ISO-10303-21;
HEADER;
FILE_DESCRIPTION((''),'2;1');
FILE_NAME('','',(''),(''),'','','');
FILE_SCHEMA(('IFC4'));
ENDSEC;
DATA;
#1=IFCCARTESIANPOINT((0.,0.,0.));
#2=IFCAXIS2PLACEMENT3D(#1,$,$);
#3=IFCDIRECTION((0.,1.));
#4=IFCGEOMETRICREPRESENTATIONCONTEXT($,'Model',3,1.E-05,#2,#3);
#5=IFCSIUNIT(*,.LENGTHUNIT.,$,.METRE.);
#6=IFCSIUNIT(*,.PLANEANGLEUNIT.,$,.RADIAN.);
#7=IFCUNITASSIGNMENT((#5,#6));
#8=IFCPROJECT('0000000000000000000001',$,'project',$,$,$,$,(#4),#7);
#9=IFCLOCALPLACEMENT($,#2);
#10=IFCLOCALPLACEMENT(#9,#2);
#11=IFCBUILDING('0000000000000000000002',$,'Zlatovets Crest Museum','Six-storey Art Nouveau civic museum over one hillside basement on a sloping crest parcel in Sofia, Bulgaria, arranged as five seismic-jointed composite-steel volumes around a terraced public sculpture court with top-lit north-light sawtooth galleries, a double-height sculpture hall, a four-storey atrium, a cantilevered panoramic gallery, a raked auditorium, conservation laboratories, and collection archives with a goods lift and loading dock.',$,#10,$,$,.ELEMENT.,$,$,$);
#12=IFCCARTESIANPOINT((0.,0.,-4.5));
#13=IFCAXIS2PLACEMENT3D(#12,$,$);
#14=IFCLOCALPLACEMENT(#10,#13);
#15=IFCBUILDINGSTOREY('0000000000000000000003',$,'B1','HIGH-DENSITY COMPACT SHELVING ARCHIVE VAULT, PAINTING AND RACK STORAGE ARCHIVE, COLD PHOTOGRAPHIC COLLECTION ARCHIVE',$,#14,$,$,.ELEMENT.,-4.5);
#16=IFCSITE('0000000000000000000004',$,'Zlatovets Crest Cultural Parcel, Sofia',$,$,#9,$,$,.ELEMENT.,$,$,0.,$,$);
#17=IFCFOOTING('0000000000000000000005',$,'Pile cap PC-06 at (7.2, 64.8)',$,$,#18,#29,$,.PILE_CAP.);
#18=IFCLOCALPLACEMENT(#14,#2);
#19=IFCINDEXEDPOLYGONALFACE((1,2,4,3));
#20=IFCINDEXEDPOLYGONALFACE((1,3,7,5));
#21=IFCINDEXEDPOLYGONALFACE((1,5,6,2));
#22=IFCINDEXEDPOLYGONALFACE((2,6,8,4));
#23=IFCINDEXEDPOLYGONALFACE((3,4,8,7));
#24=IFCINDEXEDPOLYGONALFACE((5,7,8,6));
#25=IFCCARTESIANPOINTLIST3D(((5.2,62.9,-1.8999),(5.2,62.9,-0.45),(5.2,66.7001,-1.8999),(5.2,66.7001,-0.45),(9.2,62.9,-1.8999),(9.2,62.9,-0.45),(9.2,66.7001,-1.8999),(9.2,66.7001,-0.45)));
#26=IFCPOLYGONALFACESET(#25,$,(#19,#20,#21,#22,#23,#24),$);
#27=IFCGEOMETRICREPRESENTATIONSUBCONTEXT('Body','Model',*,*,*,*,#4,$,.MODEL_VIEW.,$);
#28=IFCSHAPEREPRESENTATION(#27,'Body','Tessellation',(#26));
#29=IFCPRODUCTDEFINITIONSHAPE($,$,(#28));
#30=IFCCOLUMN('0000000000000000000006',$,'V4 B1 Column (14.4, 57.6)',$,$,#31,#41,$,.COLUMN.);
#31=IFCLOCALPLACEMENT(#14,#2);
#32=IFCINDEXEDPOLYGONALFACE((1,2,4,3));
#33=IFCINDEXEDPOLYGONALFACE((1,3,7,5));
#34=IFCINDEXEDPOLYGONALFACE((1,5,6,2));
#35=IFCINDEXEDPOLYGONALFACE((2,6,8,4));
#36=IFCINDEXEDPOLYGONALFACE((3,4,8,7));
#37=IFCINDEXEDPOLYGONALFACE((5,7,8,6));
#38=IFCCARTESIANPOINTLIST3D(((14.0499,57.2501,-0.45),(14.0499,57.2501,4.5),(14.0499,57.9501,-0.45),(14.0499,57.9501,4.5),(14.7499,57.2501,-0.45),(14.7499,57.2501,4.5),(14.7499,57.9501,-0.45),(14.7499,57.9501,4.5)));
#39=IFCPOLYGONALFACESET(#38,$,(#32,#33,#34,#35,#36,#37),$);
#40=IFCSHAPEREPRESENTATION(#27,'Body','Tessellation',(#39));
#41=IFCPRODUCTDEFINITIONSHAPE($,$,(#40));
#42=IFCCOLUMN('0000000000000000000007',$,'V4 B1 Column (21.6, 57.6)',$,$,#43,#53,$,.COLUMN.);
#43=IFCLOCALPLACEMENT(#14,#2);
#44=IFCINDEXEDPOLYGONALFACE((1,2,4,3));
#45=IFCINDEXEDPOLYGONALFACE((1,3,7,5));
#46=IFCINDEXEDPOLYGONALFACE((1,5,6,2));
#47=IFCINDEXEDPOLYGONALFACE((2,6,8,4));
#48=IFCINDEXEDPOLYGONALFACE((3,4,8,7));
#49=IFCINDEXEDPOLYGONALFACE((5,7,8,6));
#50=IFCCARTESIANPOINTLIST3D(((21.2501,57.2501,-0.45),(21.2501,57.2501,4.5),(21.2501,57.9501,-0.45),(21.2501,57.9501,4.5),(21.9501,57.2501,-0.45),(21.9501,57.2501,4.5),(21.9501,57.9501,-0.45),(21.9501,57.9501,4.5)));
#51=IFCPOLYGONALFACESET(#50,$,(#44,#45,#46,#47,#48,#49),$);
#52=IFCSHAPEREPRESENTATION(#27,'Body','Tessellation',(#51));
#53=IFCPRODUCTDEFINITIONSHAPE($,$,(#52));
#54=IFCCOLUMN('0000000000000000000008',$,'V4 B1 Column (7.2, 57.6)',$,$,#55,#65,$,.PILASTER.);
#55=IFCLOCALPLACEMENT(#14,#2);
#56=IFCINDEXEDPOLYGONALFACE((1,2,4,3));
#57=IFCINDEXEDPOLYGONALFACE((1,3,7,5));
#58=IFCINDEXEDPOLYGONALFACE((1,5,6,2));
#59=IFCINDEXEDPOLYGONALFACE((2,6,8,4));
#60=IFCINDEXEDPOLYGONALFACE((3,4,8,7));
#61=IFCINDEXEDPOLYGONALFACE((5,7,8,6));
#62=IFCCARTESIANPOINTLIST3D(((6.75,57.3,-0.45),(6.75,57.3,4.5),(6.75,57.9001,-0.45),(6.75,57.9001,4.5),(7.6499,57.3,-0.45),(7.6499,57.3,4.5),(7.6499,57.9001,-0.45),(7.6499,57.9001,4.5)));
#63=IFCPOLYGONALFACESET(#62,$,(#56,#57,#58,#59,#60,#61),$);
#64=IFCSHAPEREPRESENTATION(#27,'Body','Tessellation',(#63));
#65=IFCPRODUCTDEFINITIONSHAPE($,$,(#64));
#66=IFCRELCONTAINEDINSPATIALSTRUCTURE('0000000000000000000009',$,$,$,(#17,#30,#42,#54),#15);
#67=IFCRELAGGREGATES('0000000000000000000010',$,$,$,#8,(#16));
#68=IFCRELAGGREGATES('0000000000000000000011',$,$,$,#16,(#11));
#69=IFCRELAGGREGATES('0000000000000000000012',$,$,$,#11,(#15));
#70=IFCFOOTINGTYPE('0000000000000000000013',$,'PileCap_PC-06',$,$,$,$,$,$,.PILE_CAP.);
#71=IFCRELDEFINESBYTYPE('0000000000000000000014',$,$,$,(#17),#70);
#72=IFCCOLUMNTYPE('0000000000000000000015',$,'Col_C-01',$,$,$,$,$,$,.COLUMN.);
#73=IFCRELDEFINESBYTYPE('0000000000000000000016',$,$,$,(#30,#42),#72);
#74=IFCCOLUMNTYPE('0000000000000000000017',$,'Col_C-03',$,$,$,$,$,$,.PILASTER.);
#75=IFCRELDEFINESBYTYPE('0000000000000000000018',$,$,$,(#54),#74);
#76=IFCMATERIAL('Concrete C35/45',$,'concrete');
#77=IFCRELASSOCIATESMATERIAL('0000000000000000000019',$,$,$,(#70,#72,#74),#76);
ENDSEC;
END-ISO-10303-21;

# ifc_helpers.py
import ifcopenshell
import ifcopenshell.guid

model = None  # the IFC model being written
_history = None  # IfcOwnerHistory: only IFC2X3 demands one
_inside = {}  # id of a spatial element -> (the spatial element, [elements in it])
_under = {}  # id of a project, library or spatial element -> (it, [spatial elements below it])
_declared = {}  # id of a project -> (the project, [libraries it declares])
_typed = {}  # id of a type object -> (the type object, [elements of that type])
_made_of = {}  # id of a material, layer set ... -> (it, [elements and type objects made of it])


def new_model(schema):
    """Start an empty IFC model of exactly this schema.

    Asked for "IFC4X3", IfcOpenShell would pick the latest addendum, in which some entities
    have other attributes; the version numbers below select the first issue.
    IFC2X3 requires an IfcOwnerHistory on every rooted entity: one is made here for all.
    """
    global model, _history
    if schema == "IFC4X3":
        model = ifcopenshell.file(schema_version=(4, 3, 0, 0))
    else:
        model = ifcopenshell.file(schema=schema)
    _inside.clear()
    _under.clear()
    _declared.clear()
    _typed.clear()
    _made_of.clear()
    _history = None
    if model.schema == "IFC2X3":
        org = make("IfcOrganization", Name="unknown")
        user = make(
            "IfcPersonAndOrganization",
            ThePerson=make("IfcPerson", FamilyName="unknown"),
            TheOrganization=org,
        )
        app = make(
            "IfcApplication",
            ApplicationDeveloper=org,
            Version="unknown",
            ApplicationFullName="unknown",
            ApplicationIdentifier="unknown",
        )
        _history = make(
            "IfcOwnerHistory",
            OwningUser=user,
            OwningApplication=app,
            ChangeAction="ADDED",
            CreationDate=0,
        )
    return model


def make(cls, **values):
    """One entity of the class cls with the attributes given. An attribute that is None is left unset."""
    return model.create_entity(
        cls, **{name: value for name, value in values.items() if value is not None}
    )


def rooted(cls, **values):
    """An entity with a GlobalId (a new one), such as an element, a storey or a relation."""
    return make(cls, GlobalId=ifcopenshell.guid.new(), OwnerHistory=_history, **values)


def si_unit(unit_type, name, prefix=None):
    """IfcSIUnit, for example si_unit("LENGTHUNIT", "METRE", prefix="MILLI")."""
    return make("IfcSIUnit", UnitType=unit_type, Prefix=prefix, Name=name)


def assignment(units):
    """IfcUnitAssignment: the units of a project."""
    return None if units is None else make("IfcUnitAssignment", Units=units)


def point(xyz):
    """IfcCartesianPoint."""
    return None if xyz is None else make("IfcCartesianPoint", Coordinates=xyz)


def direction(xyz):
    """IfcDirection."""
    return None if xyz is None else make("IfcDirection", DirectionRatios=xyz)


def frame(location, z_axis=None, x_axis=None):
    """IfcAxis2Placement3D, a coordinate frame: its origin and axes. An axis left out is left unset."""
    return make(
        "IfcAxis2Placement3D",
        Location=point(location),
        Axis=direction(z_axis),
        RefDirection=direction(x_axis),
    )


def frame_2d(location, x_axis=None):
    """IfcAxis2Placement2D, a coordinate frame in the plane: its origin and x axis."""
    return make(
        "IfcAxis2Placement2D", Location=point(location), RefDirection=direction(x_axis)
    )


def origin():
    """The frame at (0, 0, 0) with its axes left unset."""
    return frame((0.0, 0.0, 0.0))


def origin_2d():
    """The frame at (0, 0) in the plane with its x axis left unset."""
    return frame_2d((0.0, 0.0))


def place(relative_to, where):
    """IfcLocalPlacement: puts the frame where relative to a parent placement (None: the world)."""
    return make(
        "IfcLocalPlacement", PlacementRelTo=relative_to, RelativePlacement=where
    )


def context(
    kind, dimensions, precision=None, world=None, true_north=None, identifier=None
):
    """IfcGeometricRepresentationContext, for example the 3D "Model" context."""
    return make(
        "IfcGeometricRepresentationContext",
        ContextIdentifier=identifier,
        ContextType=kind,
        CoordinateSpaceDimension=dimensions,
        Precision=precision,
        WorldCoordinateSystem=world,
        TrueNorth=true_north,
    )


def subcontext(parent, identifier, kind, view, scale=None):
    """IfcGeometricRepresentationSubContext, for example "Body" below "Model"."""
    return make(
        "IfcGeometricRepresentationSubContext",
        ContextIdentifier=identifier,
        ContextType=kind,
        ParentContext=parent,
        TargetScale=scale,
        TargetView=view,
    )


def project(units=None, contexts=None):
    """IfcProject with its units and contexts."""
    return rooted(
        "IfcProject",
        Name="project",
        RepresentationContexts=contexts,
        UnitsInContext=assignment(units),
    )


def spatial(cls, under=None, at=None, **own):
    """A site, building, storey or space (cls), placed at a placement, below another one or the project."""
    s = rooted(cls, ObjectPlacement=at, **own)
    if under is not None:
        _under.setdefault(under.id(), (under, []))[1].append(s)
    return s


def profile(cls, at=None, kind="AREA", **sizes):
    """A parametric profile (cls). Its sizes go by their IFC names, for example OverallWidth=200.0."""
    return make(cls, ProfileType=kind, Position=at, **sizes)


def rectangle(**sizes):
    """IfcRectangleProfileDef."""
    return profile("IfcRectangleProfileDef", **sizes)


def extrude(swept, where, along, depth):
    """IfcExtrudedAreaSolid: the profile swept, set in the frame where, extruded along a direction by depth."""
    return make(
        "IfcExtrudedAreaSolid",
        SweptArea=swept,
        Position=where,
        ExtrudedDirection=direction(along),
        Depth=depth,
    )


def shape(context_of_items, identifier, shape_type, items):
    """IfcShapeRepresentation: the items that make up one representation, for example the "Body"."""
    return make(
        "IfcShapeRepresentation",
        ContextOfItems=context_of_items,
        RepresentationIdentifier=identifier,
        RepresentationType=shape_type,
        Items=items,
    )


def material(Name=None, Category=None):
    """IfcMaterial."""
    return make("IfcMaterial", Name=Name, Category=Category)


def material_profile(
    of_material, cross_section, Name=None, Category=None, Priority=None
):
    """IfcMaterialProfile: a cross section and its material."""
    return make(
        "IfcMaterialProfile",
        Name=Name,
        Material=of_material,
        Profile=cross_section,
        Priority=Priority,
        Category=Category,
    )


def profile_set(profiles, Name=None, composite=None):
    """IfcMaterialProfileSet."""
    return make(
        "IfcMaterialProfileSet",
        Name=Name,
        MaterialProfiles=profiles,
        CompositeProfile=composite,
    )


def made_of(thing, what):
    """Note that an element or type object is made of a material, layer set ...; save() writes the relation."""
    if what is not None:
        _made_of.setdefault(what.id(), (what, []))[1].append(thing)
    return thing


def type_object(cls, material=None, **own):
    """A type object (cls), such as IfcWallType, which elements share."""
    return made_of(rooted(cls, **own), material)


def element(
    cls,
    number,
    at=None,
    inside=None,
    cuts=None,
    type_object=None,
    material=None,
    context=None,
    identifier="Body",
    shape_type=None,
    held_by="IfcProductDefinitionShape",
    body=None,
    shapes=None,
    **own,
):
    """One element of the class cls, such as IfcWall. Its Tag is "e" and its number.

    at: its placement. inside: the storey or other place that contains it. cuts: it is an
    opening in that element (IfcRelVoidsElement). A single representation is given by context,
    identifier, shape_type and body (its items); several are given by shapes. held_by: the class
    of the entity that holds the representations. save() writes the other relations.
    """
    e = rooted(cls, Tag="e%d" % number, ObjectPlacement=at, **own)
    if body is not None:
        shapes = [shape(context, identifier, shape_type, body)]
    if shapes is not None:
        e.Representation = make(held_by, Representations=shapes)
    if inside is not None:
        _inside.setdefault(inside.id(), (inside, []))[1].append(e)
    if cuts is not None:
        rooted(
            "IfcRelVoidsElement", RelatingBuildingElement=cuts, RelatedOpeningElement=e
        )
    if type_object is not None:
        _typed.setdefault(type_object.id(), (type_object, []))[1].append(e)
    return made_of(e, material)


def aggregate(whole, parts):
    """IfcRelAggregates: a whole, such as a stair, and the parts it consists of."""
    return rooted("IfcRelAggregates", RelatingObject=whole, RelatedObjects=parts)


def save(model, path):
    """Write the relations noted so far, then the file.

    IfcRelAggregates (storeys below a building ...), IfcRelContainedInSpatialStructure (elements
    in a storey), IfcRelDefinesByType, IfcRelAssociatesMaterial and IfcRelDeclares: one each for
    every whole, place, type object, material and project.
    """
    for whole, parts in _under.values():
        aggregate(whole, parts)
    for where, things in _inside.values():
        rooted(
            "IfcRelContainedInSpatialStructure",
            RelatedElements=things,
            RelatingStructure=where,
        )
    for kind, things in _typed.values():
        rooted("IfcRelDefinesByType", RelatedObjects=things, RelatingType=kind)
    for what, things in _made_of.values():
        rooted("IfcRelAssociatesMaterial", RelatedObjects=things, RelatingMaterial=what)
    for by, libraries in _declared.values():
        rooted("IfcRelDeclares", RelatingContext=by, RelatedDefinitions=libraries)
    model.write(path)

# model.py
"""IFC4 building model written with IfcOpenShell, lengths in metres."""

from ifc_helpers import new_model, si_unit, direction, frame, origin, origin_2d, place, context, subcontext, project, spatial, rectangle, extrude, material, material_profile, profile_set, type_object, element, save


model = new_model("IFC4")

# Units and contexts
model_context = context("Model", 3, precision=1e-05, world=origin(), true_north=direction((0.0, 1.0)))
body_context = subcontext(model_context, "Body", "Model", "MODEL_VIEW")
ifc_project = project(units=[si_unit("LENGTHUNIT", "METRE"), si_unit("PLANEANGLEUNIT", "RADIAN")], contexts=[model_context])

# Site, building, storey
site_placement = place(None, origin())
site = spatial("IfcSite", under=ifc_project, at=site_placement, Name="Zlatovets Crest Cultural Parcel, Sofia", CompositionType="ELEMENT", RefElevation=0.0)
building_placement = place(site_placement, origin())
building = spatial("IfcBuilding", under=site, at=building_placement, Name="Zlatovets Crest Museum", Description="Six-storey Art Nouveau civic museum over one hillside basement on a sloping crest parcel in Sofia, Bulgaria, arranged as five seismic-jointed composite-steel volumes around a terraced public sculpture court with top-lit north-light sawtooth galleries, a double-height sculpture hall, a four-storey atrium, a cantilevered panoramic gallery, a raked auditorium, conservation laboratories, and collection archives with a goods lift and loading dock.", CompositionType="ELEMENT")
storey_placement = place(building_placement, frame((0.0, 0.0, -4.5)))
storey = spatial("IfcBuildingStorey", under=building, at=storey_placement, Name="B1", Description="HIGH-DENSITY COMPACT SHELVING ARCHIVE VAULT, PAINTING AND RACK STORAGE ARCHIVE, COLD PHOTOGRAPHIC COLLECTION ARCHIVE", CompositionType="ELEMENT", Elevation=-4.5)

# Shared definitions
ifc_material = material(Name="Concrete C35/45", Category="concrete")

# Footing
footing_type_1 = type_object("IfcFootingType", Name="PileCap_PC-06", PredefinedType="PILE_CAP", material=ifc_material)
footing_1_placement = place(storey_placement, frame((7.2, 64.8, -1.8999), z_axis=(0.0, 0.0, 1.0), x_axis=(1.0, 0.0, 0.0)))
element("IfcFooting", 1, at=footing_1_placement, inside=storey, type_object=footing_type_1, Name="Pile cap PC-06 at (7.2, 64.8)", PredefinedType="PILE_CAP", context=body_context, shape_type="SweptSolid", body=[
    extrude(rectangle(XDim=4.0, YDim=3.8, at=origin_2d()), origin(), (0.0, 0.0, 1.0), 1.45),
])

# Columns
ifc_material_profile_1 = material_profile(ifc_material, rectangle(XDim=0.7, YDim=0.7, at=origin_2d()), Name="RC 700x700")
ifc_profile_set_1 = profile_set([ifc_material_profile_1], Name="Concrete C35/45")
column_type_1 = type_object("IfcColumnType", Name="Col_C-01", PredefinedType="COLUMN", material=ifc_profile_set_1)
for number, where, z_axis, x_axis, name in (
    (2, (14.3999, 57.6001, -0.45), (0.0, 0.0, 1.0), (1.0, 0.0, 0.0), "V4 B1 Column (14.4, 57.6)"),
    (3, (21.6001, 57.6001, -0.45), (0.0, 0.0, 1.0), (0.0, 1.0, 0.0), "V4 B1 Column (21.6, 57.6)"),
):
    element("IfcColumn", number, at=place(storey_placement, frame(where, z_axis=z_axis, x_axis=x_axis)), inside=storey, type_object=column_type_1, Name=name, PredefinedType="COLUMN", context=body_context, shape_type="SweptSolid", body=[
        extrude(rectangle(XDim=0.7, YDim=0.7, at=origin_2d()), origin(), (0.0, 0.0, 1.0), 4.95),
    ])
ifc_material_profile_2 = material_profile(ifc_material, rectangle(XDim=0.6001, YDim=0.8999, at=origin_2d()), Name="RC 600x900")
ifc_profile_set_2 = profile_set([ifc_material_profile_2], Name="Concrete C35/45")
column_type_2 = type_object("IfcColumnType", Name="Col_C-03", PredefinedType="PILASTER", material=ifc_profile_set_2)
column_placement = place(storey_placement, frame((7.2, 57.6001, -0.45), z_axis=(0.0, 0.0, 1.0), x_axis=(0.0, 1.0, 0.0)))
element("IfcColumn", 4, at=column_placement, inside=storey, type_object=column_type_2, Name="V4 B1 Column (7.2, 57.6)", PredefinedType="PILASTER", context=body_context, shape_type="SweptSolid", body=[
    extrude(rectangle(XDim=0.6001, YDim=0.8999, at=origin_2d()), origin(), (0.0, 0.0, 1.0), 4.95),
])

save(model, "model.ifc")
